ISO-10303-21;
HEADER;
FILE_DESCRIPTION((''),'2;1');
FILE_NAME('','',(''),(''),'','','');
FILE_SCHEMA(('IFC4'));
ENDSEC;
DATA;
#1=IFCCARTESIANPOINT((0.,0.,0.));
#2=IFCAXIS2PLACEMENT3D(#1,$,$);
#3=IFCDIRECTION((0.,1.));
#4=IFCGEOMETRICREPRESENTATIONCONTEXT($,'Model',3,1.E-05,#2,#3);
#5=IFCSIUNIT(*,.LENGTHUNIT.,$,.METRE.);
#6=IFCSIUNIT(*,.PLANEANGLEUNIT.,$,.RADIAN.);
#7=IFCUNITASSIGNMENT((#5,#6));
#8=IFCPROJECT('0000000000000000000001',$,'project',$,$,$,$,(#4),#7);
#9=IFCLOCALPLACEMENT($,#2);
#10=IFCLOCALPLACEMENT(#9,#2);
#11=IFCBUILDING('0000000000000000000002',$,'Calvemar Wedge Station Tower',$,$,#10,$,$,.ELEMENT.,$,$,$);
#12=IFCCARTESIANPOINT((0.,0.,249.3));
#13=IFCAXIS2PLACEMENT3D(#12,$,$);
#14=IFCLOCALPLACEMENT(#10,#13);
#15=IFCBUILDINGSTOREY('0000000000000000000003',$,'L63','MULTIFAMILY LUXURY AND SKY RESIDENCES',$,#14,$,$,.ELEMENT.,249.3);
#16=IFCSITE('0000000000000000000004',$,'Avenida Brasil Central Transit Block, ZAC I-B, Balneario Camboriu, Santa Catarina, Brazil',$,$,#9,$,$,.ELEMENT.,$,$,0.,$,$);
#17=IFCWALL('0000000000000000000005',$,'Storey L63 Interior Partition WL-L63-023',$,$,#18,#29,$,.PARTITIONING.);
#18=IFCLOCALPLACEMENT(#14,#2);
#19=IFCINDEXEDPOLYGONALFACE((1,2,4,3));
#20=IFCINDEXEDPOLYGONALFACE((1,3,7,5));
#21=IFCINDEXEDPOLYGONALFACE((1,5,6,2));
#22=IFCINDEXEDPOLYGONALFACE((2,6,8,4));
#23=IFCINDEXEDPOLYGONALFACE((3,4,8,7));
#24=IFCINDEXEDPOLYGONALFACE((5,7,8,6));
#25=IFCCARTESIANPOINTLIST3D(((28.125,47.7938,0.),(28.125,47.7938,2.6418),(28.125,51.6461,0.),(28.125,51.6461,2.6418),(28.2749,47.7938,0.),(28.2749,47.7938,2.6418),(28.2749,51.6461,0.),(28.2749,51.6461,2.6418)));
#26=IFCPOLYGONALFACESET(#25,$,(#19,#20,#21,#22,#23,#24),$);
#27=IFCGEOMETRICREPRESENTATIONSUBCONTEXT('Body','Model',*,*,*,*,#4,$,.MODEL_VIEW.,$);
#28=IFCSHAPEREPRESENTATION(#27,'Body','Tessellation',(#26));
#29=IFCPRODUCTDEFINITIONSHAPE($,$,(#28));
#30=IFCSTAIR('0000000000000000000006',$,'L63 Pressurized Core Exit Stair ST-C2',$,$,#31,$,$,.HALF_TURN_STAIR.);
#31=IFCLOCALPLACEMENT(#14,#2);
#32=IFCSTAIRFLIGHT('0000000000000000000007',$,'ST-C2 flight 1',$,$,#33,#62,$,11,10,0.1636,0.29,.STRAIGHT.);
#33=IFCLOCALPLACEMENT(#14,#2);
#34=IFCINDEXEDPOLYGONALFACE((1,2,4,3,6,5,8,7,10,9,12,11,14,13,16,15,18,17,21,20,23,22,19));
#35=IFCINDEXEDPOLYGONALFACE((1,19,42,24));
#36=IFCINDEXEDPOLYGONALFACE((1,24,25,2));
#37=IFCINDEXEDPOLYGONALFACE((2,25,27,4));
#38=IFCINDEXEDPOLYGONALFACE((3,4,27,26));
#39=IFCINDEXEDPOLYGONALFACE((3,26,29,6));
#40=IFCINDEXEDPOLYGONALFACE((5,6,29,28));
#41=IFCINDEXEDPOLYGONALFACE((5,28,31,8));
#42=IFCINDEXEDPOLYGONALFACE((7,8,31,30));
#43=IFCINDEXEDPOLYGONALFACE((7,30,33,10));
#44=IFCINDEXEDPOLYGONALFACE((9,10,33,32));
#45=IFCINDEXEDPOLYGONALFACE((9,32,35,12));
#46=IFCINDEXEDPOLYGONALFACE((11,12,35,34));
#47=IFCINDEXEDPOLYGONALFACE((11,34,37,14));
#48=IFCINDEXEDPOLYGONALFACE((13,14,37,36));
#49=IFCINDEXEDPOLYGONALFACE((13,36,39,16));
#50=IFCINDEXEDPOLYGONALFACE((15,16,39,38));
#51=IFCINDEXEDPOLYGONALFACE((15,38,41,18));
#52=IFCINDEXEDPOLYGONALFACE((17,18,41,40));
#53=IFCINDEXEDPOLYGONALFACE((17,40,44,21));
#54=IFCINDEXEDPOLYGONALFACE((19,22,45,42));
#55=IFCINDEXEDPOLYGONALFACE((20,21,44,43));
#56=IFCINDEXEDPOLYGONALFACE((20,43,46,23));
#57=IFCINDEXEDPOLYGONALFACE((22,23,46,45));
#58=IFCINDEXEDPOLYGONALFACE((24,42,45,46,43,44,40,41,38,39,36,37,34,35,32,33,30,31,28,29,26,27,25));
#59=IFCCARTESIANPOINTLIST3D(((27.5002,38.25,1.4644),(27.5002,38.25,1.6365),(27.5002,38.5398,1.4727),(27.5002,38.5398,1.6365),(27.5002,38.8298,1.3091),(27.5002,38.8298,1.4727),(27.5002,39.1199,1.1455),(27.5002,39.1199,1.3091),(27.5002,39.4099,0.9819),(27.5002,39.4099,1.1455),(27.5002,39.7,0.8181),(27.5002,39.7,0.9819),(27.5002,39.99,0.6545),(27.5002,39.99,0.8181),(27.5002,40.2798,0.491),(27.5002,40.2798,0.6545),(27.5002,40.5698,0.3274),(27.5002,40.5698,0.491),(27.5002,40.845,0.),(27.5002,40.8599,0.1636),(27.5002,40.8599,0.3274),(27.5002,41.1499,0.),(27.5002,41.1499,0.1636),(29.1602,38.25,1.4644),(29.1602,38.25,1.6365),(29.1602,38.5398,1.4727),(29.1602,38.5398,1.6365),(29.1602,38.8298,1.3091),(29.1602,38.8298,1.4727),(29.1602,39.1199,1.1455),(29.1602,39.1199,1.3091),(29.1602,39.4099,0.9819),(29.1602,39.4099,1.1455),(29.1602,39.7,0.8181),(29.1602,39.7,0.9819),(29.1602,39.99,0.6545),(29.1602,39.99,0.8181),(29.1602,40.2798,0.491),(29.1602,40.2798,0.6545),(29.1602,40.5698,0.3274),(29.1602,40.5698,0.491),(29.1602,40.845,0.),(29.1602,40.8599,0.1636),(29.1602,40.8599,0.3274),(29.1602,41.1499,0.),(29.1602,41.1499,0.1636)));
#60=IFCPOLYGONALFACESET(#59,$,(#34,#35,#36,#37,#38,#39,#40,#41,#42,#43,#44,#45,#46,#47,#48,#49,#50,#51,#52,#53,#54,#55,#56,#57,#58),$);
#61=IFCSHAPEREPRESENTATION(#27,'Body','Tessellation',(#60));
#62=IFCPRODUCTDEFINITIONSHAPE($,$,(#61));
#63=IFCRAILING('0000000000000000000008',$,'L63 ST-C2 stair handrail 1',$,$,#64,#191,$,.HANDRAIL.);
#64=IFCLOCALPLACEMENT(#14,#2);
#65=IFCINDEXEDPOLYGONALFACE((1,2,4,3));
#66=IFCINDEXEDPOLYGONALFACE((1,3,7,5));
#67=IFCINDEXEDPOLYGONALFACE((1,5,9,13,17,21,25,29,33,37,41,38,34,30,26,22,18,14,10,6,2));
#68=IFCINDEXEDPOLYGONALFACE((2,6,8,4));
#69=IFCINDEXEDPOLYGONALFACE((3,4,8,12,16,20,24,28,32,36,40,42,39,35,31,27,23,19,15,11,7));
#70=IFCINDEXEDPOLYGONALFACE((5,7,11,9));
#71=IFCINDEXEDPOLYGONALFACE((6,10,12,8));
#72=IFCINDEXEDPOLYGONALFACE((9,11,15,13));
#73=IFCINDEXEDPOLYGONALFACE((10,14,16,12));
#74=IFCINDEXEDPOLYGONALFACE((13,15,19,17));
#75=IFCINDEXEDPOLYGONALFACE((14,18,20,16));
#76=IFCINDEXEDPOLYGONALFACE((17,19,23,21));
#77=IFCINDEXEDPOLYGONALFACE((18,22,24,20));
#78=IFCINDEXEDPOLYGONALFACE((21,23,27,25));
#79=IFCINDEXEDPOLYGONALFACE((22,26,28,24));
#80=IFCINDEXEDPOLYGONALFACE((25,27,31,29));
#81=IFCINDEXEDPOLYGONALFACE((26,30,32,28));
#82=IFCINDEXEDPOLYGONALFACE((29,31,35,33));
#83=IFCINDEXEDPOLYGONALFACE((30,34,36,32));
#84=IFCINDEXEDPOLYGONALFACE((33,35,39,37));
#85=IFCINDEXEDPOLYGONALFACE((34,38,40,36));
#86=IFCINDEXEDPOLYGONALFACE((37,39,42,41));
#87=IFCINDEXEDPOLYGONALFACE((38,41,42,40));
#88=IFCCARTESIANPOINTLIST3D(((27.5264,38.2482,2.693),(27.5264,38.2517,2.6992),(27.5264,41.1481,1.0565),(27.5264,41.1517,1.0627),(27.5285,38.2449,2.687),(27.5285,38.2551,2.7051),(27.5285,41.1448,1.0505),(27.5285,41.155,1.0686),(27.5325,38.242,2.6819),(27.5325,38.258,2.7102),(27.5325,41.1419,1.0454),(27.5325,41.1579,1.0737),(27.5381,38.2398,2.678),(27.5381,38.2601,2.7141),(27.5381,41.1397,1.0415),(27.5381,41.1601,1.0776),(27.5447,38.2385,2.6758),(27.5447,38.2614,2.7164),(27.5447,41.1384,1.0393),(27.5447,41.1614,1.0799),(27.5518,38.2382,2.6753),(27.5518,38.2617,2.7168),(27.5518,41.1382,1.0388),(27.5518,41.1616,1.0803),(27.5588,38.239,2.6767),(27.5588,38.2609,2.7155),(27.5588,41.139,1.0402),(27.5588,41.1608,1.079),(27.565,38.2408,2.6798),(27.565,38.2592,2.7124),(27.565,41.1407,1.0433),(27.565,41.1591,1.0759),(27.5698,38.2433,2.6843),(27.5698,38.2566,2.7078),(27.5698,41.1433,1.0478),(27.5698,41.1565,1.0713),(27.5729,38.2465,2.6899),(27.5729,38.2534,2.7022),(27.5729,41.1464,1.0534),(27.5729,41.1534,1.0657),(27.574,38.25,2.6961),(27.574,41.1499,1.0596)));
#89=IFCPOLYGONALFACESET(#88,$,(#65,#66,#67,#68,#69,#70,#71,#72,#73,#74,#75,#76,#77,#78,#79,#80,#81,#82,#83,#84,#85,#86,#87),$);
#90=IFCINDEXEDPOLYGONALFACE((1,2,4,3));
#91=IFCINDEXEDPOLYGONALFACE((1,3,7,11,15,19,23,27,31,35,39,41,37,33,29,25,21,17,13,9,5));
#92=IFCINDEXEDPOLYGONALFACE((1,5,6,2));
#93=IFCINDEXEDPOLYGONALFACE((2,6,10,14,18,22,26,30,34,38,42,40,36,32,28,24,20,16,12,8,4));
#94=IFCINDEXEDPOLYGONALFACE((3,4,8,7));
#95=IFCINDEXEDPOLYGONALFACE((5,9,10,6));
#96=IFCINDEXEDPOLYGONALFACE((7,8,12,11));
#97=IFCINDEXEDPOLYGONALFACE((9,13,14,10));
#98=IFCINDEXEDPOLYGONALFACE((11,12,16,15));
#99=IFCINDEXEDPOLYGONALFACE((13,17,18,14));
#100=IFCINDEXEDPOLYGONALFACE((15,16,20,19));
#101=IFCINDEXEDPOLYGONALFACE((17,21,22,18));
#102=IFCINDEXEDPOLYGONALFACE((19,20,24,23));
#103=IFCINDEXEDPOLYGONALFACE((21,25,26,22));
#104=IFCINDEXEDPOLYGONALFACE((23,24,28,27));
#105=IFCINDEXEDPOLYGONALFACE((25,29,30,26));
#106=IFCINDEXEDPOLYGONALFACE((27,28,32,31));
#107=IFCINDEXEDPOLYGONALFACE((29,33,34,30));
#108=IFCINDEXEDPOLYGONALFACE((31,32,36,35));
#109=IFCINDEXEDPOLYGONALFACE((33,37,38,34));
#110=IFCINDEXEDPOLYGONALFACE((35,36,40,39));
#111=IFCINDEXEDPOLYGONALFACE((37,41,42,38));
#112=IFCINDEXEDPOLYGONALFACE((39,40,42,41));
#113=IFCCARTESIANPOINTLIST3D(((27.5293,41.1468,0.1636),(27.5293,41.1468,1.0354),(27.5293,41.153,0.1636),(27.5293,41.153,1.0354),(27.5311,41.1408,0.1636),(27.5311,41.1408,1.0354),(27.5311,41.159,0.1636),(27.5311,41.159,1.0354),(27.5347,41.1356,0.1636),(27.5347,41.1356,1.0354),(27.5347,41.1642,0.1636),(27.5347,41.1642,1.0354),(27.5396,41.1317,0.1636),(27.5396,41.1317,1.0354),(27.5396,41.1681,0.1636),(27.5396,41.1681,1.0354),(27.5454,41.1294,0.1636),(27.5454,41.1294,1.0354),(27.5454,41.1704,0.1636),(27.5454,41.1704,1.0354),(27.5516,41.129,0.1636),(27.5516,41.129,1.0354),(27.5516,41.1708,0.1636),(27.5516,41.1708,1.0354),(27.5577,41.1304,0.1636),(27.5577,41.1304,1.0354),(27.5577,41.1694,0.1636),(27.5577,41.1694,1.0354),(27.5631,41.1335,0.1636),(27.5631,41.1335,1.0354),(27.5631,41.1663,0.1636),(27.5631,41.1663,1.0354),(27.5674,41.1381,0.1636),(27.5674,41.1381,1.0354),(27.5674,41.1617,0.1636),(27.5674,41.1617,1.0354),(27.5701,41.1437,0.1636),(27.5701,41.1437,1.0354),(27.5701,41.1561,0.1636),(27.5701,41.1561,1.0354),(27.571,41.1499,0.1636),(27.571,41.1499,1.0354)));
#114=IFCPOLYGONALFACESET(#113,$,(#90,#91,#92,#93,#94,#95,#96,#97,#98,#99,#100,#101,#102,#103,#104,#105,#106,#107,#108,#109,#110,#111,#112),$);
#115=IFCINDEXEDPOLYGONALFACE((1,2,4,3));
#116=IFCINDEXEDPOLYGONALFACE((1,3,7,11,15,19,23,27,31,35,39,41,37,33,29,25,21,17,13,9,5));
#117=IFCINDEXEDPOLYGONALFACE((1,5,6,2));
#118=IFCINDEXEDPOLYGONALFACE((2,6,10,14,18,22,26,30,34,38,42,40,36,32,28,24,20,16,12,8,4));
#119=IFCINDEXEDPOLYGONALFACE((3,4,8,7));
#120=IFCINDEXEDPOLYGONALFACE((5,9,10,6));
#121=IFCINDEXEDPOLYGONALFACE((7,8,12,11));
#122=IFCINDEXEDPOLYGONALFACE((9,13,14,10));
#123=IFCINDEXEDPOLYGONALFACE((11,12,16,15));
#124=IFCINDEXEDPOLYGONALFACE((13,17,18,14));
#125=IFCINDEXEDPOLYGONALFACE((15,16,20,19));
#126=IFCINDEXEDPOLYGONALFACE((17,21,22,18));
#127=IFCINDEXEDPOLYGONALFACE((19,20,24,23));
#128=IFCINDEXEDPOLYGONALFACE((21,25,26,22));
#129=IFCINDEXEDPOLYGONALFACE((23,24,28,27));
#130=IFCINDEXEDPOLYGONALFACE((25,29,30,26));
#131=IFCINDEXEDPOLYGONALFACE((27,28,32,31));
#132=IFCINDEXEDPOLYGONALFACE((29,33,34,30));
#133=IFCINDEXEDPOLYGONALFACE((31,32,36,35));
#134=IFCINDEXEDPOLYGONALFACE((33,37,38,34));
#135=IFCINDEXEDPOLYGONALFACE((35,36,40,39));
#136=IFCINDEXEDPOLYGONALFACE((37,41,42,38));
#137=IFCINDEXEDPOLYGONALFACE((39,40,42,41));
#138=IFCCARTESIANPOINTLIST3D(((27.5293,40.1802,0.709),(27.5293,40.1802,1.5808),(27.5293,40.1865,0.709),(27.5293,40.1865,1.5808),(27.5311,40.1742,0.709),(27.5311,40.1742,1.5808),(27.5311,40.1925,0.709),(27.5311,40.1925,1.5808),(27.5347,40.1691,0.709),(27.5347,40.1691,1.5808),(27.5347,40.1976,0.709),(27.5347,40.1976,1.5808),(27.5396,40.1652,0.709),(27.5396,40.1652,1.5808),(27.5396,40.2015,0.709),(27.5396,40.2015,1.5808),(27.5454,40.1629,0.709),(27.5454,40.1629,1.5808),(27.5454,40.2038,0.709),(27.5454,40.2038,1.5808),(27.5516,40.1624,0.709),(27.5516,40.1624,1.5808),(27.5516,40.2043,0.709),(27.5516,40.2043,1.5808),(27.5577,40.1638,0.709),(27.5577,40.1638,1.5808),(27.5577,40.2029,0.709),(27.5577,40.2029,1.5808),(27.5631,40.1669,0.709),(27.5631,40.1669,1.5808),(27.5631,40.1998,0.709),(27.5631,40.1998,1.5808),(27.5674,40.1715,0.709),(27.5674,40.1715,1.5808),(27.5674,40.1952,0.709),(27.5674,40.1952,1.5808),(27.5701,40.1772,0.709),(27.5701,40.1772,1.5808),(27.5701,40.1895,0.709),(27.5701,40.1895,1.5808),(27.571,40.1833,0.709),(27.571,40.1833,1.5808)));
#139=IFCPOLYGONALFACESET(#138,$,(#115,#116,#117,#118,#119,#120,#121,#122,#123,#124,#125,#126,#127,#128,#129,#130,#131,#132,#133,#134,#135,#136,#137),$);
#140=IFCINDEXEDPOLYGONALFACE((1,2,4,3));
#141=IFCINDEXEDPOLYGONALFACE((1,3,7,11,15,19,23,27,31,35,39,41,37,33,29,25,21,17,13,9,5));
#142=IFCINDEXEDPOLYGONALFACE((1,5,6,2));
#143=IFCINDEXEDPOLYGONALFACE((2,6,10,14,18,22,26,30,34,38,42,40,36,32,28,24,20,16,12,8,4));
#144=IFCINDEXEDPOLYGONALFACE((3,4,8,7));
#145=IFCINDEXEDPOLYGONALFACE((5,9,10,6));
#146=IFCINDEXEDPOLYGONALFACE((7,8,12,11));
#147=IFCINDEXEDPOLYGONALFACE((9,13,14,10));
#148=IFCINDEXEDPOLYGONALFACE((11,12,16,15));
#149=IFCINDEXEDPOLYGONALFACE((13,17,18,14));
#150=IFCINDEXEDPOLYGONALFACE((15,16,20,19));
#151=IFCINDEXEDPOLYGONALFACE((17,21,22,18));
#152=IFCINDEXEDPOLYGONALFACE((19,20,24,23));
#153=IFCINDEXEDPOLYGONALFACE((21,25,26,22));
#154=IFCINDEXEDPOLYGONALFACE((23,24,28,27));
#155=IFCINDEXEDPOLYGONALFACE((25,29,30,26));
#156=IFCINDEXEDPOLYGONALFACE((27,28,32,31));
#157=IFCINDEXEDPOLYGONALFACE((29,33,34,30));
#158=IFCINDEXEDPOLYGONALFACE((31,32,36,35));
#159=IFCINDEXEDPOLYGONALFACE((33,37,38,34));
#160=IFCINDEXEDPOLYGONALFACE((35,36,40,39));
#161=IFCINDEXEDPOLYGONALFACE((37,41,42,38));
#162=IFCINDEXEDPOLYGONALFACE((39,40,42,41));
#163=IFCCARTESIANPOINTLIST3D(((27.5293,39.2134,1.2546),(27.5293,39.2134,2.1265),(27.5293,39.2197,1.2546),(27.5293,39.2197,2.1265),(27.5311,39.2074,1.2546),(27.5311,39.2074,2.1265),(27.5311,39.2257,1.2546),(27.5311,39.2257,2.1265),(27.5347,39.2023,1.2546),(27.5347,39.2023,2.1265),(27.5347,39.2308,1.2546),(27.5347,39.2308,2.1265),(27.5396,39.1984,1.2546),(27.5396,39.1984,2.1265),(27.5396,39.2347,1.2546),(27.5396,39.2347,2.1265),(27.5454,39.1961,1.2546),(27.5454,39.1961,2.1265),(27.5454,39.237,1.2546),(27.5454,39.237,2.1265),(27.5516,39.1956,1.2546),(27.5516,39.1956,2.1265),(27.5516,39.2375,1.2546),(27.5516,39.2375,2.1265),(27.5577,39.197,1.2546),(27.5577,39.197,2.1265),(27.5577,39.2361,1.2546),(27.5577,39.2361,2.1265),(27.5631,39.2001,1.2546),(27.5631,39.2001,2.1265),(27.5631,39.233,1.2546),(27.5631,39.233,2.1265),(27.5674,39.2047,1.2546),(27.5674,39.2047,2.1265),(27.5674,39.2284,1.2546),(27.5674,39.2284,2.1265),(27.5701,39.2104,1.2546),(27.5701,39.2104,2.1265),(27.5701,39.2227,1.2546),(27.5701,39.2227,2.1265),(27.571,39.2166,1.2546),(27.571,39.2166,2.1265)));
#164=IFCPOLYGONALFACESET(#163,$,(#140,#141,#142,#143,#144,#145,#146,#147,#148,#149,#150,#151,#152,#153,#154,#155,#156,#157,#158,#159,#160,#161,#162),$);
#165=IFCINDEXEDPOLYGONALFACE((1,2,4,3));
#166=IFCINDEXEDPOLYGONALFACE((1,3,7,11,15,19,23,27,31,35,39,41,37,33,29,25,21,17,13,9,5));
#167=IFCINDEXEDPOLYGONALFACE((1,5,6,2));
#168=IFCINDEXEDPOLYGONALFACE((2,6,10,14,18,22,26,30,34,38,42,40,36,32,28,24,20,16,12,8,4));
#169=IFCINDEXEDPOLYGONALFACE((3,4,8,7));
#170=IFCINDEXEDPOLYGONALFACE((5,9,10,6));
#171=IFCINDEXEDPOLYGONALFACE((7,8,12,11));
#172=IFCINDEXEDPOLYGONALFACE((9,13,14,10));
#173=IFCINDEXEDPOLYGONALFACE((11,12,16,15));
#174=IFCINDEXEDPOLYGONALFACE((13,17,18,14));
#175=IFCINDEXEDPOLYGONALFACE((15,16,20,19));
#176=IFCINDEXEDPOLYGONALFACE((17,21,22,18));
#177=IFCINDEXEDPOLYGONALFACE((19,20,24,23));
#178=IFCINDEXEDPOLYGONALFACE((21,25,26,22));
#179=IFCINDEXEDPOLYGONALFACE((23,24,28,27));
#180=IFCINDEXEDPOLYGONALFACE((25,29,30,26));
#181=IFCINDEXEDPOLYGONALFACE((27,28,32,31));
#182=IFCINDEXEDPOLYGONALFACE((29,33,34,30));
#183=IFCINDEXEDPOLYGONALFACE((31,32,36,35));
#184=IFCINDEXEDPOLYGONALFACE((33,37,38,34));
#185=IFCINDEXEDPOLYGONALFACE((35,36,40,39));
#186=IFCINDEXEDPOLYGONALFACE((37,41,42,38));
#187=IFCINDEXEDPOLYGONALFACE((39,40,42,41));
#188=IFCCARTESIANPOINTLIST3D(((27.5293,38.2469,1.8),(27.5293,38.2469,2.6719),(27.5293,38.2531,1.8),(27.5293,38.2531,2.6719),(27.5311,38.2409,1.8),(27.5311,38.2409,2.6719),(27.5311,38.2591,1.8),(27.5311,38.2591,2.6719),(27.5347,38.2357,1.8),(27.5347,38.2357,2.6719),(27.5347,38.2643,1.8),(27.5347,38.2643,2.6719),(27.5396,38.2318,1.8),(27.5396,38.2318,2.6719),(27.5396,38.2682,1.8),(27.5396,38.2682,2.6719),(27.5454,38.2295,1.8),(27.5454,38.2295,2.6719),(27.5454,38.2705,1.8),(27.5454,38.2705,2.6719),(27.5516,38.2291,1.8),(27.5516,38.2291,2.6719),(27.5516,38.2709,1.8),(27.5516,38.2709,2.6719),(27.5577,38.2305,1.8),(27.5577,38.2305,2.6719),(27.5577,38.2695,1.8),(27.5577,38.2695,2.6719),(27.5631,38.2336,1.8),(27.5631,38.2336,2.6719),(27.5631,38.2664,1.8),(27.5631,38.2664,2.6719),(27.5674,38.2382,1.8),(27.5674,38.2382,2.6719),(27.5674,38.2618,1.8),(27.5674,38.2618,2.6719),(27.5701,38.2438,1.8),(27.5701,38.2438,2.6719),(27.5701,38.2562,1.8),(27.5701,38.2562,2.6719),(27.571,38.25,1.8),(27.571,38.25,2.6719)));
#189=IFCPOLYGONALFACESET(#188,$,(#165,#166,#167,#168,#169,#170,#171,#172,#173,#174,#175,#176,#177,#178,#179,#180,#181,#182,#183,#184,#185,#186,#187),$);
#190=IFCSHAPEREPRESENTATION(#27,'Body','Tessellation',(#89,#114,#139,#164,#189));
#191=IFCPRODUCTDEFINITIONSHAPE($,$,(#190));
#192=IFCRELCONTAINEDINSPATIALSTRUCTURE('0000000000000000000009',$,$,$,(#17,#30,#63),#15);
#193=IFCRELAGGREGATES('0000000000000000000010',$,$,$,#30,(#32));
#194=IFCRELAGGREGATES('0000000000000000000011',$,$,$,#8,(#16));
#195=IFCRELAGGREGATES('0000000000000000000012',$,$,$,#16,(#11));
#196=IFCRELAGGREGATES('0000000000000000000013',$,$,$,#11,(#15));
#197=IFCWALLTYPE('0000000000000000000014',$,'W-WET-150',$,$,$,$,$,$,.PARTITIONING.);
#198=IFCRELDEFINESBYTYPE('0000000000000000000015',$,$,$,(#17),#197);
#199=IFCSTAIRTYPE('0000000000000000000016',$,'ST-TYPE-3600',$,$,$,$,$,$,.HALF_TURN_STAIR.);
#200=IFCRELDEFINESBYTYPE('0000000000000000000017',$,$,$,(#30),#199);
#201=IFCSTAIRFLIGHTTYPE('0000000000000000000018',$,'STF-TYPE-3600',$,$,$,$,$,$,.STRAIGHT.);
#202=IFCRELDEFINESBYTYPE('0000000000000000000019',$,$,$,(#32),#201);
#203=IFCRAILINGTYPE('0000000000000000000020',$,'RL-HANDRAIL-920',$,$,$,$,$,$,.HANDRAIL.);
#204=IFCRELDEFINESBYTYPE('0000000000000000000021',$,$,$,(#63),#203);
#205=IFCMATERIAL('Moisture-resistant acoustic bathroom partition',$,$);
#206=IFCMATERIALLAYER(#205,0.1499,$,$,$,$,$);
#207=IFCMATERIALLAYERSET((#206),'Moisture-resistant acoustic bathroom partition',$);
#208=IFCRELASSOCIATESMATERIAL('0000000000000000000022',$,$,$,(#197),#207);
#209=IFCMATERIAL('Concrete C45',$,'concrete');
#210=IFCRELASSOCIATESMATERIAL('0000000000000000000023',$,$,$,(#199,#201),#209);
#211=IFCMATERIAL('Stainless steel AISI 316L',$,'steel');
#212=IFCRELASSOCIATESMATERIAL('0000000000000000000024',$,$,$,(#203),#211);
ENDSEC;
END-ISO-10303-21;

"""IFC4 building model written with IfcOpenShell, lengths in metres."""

from ifc_helpers import new_model, si_unit, direction, frame, frame_2d, origin, origin_2d, place, context, subcontext, project, spatial, polyline, rectangle, circle, outline, extrude, material, layer, layer_set, type_object, element, aggregate, save


model = new_model("IFC4")

# Units and contexts
model_context = context("Model", 3, precision=1e-05, world=origin(), true_north=direction((0.0, 1.0)))
body_context = subcontext(model_context, "Body", "Model", "MODEL_VIEW")
ifc_project = project(units=[si_unit("LENGTHUNIT", "METRE"), si_unit("PLANEANGLEUNIT", "RADIAN")], contexts=[model_context])

# Site, building, storey
site_placement = place(None, origin())
site = spatial("IfcSite", under=ifc_project, at=site_placement, Name="Avenida Brasil Central Transit Block, ZAC I-B, Balneario Camboriu, Santa Catarina, Brazil", CompositionType="ELEMENT", RefElevation=0.0)
building_placement = place(site_placement, origin())
building = spatial("IfcBuilding", under=site, at=building_placement, Name="Calvemar Wedge Station Tower", CompositionType="ELEMENT")
storey_placement = place(building_placement, frame((0.0, 0.0, 249.3)))
storey = spatial("IfcBuildingStorey", under=building, at=storey_placement, Name="L63", Description="MULTIFAMILY LUXURY AND SKY RESIDENCES", CompositionType="ELEMENT", Elevation=249.3)

# Wall
ifc_material_1 = material(Name="Moisture-resistant acoustic bathroom partition")
ifc_layer_1 = layer(ifc_material_1, 0.1499)
ifc_layer_set_1 = layer_set([ifc_layer_1], Name="Moisture-resistant acoustic bathroom partition")
wall_type_1 = type_object("IfcWallType", Name="W-WET-150", PredefinedType="PARTITIONING", material=ifc_layer_set_1)
wall_1_placement = place(storey_placement, frame((28.2, 51.6462, 0.0), z_axis=(0.0, 0.0, 1.0), x_axis=(0.0, -1.0, 0.0)))
element("IfcWall", 1, at=wall_1_placement, inside=storey, type_object=wall_type_1, Name="Storey L63 Interior Partition WL-L63-023", PredefinedType="PARTITIONING", context=body_context, shape_type="SweptSolid", body=[
    extrude(rectangle(XDim=3.8523, YDim=0.1499, at=frame_2d((1.9263, 0.0))), origin(), (0.0, 0.0, 1.0), 2.6418),
])

# Stair, stair flight
ifc_material_2 = material(Name="Concrete C45", Category="concrete")
stair_type = type_object("IfcStairType", Name="ST-TYPE-3600", PredefinedType="HALF_TURN_STAIR", material=ifc_material_2)
stair_placement = place(storey_placement, origin())
stair = element("IfcStair", 2, at=stair_placement, inside=storey, type_object=stair_type, Name="L63 Pressurized Core Exit Stair ST-C2", PredefinedType="HALF_TURN_STAIR")
stair_flight_type = type_object("IfcStairFlightType", Name="STF-TYPE-3600", PredefinedType="STRAIGHT", material=ifc_material_2)
stair_flight_placement = place(storey_placement, frame((28.3301, 41.1499, 0.0), z_axis=(0.0, 0.0, 1.0), x_axis=(0.0, -1.0, 0.0)))
stair_flight = element("IfcStairFlight", 3, at=stair_flight_placement, type_object=stair_flight_type, Name="ST-C2 flight 1", NumberOfRisers=11, NumberOfTreads=10, PredefinedType="STRAIGHT", RiserHeight=0.1636, TreadLength=0.29, context=body_context, shape_type="SweptSolid", body=[
    extrude(outline(polyline([(0.0, 0.0), (0.0, 0.1636), (0.29, 0.1636), (0.29, 0.3274), (0.5801, 0.3274), (0.5801, 0.491), (0.8701, 0.491), (0.8701, 0.6545), (1.1599, 0.6545), (1.1599, 0.8181), (1.45, 0.8181), (1.45, 0.9819), (1.74, 0.9819), (1.74, 1.1455), (2.03, 1.1455), (2.03, 1.3091), (2.3201, 1.3091), (2.3201, 1.4727), (2.6101, 1.4727), (2.6101, 1.6365), (2.8999, 1.6365), (2.8999, 1.8), (2.8999, 1.4644), (0.3049, 0.0), (0.0, 0.0)])), frame((0.0, 0.8301, 0.0), z_axis=(0.0, -1.0, 0.0), x_axis=(1.0, 0.0, 0.0)), (0.0, 0.0, 1.0), 1.6599),
])
aggregate(stair, [stair_flight])

# Railing
ifc_material_3 = material(Name="Stainless steel AISI 316L", Category="steel")
railing_type_1 = type_object("IfcRailingType", Name="RL-HANDRAIL-920", PredefinedType="HANDRAIL", material=ifc_material_3)
railing_1_placement = place(storey_placement, frame((27.55, 41.1499, 0.1636)))
element("IfcRailing", 4, at=railing_1_placement, inside=storey, type_object=railing_type_1, Name="L63 ST-C2 stair handrail 1", PredefinedType="HANDRAIL", context=body_context, shape_type="SweptSolid", body=[
    extrude(circle(Radius=0.0239, at=origin_2d()), frame((0.0, 0.0, 0.896), z_axis=(0.0, -0.870897, 0.491465), x_axis=(1.0, 0.0, 0.0)), (0.0, 0.0, 1.0), 3.3298),
    extrude(circle(Radius=0.021, at=origin_2d()), origin(), (0.0, 0.0, 1.0), 0.8718),
    extrude(circle(Radius=0.021, at=origin_2d()), frame((0.0, -0.9666, 0.5454)), (0.0, 0.0, 1.0), 0.8718),
    extrude(circle(Radius=0.021, at=origin_2d()), frame((0.0, -1.9333, 1.0911)), (0.0, 0.0, 1.0), 0.8718),
    extrude(circle(Radius=0.021, at=origin_2d()), frame((0.0, -2.8999, 1.6365)), (0.0, 0.0, 1.0), 0.8718),
])

save(model, "model.ifc")
